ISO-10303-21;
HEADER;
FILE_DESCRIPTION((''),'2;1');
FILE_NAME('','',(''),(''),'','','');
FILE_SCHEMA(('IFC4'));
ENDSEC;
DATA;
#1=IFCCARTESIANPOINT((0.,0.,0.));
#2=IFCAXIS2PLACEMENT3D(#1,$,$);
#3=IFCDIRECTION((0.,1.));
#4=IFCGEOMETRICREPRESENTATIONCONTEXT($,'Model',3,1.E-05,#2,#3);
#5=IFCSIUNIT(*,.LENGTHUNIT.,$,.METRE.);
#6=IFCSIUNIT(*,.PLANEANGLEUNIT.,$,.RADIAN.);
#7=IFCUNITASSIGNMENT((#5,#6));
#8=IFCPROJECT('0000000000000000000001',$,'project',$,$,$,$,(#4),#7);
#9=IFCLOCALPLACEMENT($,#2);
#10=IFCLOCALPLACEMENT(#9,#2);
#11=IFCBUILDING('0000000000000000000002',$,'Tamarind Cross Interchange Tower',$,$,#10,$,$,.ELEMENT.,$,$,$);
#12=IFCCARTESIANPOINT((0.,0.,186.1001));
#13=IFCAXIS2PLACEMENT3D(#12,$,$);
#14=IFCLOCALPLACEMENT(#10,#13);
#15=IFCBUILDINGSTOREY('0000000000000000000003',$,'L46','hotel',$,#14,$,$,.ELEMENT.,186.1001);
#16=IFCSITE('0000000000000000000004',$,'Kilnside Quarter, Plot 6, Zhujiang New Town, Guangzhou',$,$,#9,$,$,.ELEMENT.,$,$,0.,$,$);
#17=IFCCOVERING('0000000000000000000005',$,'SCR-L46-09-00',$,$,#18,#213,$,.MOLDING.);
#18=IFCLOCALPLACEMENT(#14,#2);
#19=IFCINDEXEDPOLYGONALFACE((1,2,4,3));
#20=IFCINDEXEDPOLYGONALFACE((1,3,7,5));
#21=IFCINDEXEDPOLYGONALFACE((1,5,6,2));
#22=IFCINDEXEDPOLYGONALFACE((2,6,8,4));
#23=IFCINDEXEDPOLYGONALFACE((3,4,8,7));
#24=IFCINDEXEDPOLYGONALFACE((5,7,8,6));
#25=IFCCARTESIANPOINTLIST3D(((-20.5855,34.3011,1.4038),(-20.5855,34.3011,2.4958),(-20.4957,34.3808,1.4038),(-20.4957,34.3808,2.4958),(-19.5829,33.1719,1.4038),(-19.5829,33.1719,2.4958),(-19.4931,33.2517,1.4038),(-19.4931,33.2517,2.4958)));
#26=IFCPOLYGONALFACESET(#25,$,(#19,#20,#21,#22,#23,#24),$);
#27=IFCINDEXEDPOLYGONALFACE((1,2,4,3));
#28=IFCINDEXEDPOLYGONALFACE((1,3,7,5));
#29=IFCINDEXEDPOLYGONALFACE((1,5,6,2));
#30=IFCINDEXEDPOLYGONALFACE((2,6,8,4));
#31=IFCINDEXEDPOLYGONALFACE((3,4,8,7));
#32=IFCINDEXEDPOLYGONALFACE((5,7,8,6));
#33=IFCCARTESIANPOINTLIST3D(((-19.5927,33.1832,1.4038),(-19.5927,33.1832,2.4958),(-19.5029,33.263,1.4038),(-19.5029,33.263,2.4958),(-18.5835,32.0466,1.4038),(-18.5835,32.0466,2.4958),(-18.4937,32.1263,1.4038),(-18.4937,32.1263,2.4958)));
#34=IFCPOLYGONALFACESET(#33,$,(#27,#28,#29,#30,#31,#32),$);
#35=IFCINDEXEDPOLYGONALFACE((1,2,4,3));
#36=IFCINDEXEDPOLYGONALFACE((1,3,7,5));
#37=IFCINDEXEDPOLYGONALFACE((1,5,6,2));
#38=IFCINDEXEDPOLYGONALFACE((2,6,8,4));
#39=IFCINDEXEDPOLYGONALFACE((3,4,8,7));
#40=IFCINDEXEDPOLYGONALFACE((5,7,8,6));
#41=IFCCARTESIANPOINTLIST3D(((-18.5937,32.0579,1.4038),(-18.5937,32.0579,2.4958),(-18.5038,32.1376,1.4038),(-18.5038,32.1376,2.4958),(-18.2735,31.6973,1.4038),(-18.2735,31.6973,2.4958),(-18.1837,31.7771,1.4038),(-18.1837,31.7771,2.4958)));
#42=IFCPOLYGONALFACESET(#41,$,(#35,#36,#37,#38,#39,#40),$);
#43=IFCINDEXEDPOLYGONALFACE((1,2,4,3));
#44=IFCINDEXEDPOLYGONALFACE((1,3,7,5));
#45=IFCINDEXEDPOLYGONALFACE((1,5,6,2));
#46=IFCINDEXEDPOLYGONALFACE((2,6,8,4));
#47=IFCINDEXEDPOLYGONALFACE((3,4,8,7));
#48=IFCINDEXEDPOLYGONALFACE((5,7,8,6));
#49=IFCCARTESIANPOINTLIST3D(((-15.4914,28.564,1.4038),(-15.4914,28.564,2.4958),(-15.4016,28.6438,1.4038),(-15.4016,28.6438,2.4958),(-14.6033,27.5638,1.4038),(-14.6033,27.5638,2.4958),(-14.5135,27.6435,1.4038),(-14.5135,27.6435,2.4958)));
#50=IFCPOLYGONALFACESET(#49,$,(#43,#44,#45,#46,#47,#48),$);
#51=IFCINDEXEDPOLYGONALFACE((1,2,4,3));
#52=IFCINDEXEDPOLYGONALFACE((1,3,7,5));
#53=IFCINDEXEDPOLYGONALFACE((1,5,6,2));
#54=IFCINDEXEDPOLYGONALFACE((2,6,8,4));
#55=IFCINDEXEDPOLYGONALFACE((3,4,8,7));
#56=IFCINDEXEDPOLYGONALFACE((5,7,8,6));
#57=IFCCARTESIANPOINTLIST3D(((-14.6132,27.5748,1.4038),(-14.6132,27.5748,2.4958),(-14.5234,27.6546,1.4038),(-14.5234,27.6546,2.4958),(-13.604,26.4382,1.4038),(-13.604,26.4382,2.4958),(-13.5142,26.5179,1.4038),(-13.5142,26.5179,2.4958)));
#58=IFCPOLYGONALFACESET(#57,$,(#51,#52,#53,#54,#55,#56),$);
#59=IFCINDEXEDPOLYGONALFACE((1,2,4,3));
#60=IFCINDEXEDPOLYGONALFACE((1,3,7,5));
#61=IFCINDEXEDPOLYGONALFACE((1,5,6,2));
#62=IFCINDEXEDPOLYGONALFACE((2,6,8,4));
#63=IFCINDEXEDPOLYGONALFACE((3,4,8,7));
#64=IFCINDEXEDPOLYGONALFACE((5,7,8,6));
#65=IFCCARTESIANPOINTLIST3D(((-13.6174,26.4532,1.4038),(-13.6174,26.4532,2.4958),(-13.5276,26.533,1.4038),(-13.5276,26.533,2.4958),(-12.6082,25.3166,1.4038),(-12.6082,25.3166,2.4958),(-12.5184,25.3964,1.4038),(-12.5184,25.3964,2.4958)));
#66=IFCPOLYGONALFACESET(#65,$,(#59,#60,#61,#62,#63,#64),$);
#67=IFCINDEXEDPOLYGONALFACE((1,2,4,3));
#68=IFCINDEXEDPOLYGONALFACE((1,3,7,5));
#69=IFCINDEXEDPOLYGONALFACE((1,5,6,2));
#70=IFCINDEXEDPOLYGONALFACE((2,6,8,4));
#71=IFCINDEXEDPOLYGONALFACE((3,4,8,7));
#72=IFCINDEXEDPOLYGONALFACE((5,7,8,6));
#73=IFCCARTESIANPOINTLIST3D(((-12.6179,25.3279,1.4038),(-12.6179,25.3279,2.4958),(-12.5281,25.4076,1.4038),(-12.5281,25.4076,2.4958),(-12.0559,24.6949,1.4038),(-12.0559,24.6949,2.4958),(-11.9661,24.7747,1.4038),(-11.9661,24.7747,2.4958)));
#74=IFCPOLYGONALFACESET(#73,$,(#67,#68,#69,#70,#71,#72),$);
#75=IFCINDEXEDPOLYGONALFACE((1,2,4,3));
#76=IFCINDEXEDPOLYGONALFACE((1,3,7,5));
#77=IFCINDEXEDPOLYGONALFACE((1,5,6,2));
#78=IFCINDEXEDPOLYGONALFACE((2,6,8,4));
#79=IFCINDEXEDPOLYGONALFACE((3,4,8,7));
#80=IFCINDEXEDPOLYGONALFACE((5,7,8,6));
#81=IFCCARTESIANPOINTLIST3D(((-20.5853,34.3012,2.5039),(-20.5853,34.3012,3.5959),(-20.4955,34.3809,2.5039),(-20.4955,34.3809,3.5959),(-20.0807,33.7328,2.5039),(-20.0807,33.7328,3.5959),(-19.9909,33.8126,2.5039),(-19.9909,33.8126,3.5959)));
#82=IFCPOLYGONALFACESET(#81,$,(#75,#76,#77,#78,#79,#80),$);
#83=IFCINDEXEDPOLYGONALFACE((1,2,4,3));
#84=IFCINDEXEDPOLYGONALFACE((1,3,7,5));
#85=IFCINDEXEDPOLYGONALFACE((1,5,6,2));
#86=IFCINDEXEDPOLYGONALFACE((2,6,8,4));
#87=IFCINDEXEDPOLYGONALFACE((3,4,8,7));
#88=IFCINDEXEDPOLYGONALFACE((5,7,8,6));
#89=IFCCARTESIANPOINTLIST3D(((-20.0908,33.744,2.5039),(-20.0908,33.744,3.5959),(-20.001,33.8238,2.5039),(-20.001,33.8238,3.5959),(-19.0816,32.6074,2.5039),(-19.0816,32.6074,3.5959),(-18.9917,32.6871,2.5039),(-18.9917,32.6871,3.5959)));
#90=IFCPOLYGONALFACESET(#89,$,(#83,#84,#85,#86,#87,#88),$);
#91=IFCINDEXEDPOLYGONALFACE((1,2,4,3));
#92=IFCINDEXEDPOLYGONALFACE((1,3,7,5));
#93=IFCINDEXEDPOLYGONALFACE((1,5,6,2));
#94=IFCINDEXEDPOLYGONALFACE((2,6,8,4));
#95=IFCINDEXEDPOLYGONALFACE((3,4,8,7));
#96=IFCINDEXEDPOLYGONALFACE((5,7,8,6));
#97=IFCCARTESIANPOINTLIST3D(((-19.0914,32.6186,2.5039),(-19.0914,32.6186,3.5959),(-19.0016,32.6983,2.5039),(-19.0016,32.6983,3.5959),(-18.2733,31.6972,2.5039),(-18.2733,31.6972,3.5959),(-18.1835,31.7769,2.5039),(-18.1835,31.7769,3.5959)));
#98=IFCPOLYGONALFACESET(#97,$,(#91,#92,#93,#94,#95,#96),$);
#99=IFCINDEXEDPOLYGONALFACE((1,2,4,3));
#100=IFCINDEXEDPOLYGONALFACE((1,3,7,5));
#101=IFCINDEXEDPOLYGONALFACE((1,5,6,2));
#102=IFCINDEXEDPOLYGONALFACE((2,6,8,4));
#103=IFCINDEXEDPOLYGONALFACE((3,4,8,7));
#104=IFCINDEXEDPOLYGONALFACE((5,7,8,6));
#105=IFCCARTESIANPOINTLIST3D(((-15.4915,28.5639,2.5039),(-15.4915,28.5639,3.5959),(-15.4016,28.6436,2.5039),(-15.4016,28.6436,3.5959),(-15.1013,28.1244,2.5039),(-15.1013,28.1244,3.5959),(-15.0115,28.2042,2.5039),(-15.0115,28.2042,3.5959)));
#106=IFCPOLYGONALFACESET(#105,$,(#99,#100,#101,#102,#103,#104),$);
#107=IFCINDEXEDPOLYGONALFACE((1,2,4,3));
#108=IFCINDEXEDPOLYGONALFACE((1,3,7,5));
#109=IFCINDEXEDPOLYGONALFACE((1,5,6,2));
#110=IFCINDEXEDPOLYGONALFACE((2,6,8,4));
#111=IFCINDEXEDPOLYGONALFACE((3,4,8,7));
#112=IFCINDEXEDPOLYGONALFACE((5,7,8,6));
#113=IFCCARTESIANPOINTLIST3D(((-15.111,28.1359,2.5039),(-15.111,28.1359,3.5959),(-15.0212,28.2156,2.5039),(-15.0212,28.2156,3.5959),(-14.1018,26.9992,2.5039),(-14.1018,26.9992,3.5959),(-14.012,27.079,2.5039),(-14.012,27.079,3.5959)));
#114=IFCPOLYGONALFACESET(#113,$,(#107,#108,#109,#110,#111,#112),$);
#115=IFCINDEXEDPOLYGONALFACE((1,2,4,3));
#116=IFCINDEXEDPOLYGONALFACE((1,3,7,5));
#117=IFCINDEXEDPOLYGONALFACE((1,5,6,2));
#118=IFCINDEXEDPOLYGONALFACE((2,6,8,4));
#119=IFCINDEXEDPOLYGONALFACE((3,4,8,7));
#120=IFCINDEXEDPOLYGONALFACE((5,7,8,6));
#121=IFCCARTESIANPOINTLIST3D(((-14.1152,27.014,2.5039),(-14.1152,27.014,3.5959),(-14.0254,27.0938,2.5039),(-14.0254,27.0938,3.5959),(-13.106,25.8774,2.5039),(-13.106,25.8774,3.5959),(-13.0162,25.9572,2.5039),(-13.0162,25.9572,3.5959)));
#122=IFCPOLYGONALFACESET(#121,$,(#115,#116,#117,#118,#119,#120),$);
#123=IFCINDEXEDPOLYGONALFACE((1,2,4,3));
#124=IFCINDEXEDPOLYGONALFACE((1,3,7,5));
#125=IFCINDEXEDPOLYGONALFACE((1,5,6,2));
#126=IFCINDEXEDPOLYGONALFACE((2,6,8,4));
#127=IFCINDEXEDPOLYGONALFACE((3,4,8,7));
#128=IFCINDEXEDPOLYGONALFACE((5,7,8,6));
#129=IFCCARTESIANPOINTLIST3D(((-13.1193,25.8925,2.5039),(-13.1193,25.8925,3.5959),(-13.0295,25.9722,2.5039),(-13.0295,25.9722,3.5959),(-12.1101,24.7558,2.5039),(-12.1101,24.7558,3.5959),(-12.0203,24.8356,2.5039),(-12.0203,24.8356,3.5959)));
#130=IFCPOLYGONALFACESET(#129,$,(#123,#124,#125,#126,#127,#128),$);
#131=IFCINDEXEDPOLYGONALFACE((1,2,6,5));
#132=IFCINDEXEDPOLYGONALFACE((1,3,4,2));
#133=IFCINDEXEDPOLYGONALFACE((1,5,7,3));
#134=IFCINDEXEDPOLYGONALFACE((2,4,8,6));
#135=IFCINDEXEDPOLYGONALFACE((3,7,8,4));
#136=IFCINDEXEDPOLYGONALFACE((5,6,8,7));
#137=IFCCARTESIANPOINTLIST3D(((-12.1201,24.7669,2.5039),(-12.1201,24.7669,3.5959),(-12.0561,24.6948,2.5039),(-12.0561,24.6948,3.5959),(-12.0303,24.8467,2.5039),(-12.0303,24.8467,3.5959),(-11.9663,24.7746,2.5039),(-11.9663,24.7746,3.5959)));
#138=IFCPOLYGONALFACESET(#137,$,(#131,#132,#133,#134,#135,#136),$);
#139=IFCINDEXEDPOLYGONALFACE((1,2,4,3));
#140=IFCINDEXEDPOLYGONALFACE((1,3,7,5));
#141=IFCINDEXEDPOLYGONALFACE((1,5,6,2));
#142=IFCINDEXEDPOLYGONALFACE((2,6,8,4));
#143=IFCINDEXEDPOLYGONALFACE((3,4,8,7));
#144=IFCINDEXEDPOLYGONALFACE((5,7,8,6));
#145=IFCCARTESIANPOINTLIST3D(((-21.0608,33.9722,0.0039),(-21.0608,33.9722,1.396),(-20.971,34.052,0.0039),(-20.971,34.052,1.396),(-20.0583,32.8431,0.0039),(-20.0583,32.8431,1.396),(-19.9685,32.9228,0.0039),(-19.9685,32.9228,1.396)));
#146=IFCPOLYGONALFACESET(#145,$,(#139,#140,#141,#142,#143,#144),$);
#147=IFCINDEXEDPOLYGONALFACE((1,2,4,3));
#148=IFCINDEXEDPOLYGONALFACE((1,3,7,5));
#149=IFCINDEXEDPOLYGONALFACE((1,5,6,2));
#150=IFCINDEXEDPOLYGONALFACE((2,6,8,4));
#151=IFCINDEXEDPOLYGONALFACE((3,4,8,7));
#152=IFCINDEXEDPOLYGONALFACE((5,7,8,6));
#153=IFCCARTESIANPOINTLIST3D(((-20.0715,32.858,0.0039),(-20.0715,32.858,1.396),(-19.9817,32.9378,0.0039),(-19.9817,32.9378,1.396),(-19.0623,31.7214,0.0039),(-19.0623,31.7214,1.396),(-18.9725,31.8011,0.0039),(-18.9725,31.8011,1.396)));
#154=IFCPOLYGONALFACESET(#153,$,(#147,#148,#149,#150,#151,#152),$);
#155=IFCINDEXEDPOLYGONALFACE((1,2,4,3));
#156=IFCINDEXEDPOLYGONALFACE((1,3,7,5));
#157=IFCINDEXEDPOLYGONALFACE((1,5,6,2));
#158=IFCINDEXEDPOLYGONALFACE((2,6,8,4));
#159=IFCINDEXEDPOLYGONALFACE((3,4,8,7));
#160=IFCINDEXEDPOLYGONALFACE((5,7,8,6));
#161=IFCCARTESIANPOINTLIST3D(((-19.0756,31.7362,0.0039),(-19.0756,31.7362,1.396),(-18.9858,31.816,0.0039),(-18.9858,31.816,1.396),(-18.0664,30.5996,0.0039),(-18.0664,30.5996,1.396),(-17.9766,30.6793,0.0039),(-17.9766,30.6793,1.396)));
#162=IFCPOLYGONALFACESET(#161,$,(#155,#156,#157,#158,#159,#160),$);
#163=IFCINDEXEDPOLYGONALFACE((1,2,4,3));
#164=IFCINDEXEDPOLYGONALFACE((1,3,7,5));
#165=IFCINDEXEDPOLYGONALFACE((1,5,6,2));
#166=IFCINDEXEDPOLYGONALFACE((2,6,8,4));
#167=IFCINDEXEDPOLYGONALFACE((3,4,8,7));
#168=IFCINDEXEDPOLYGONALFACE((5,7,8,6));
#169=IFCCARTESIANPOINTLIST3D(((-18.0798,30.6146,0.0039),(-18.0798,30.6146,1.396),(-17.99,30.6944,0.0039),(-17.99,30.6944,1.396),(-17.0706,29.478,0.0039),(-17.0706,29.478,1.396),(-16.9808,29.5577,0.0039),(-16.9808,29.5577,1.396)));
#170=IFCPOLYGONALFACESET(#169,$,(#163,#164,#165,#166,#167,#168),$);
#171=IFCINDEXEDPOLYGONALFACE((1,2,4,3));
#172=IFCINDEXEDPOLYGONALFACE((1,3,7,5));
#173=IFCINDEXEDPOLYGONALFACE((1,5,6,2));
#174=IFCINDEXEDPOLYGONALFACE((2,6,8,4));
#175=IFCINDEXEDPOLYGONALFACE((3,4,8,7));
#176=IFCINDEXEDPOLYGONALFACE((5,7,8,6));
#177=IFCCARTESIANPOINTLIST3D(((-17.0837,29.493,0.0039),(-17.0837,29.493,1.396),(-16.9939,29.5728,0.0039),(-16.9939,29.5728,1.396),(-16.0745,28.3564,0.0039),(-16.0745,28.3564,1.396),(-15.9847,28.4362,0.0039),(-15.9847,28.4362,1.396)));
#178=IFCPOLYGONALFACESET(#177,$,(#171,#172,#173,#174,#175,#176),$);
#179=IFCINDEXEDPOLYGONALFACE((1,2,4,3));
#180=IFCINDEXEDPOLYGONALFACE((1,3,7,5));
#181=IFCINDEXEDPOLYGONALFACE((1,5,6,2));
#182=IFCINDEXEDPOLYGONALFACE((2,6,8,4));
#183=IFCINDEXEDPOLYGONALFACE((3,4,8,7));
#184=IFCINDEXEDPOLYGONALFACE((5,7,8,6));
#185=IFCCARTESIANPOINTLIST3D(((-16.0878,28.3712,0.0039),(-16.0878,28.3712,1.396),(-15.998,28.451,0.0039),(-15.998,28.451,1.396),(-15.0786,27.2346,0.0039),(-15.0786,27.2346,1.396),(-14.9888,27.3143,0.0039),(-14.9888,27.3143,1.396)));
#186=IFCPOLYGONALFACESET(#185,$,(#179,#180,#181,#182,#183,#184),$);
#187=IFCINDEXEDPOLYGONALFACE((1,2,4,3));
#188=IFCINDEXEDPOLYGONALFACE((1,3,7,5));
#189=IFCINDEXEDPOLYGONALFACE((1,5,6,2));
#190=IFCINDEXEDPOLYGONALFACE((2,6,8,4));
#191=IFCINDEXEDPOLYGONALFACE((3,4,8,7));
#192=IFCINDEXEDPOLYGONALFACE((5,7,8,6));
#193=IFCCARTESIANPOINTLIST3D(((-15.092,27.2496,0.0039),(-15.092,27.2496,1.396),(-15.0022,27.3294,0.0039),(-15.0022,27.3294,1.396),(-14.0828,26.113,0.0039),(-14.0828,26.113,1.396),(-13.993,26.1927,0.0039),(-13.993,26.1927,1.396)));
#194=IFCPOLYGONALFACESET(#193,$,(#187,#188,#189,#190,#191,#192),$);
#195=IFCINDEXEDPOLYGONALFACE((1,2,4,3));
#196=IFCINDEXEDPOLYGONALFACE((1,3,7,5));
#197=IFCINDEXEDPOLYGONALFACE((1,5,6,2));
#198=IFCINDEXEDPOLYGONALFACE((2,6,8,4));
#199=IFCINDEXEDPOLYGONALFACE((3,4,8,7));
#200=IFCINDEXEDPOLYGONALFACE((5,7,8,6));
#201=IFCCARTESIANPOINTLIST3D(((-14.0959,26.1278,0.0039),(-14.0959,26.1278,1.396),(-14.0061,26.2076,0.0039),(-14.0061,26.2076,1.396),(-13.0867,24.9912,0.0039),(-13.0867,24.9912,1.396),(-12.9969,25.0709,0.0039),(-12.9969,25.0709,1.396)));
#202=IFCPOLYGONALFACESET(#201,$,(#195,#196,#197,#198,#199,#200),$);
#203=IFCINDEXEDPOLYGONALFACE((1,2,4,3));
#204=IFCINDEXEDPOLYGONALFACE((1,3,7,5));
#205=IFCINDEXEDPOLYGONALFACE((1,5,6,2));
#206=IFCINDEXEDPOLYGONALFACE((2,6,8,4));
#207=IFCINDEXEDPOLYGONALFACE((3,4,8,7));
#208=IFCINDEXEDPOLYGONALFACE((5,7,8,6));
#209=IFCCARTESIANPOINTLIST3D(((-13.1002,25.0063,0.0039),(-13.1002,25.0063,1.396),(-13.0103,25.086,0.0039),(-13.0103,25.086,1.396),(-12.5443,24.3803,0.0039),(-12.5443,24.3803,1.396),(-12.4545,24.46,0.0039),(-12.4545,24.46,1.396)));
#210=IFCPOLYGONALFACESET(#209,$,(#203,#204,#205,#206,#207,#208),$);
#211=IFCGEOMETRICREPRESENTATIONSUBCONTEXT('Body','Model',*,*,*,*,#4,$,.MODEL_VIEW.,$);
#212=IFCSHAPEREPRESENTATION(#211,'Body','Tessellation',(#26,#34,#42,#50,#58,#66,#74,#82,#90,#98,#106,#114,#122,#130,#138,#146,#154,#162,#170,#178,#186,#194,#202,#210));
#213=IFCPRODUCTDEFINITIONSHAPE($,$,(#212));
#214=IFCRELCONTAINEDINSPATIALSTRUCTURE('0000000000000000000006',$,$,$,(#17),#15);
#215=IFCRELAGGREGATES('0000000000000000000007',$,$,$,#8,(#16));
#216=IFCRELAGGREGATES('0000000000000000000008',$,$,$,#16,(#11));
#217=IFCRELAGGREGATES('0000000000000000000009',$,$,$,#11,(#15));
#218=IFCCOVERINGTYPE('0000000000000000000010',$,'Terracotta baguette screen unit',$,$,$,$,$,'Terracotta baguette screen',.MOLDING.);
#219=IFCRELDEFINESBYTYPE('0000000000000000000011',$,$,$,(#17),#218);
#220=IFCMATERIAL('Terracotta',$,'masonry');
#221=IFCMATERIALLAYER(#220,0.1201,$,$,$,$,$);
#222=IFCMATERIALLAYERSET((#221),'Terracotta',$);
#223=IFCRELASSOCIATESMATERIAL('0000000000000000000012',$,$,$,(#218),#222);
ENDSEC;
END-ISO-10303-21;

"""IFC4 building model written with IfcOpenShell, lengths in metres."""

from ifc_helpers import new_model, si_unit, direction, frame, origin, origin_2d, place, context, subcontext, project, spatial, rectangle, extrude, material, layer, layer_set, type_object, element, save


model = new_model("IFC4")

# Units and contexts
model_context = context("Model", 3, precision=1e-05, world=origin(), true_north=direction((0.0, 1.0)))
body_context = subcontext(model_context, "Body", "Model", "MODEL_VIEW")
ifc_project = project(units=[si_unit("LENGTHUNIT", "METRE"), si_unit("PLANEANGLEUNIT", "RADIAN")], contexts=[model_context])

# Site, building, storey
site_placement = place(None, origin())
site = spatial("IfcSite", under=ifc_project, at=site_placement, Name="Kilnside Quarter, Plot 6, Zhujiang New Town, Guangzhou", CompositionType="ELEMENT", RefElevation=0.0)
building_placement = place(site_placement, origin())
building = spatial("IfcBuilding", under=site, at=building_placement, Name="Tamarind Cross Interchange Tower", CompositionType="ELEMENT")
storey_placement = place(building_placement, frame((0.0, 0.0, 186.1001)))
storey = spatial("IfcBuildingStorey", under=building, at=storey_placement, Name="L46", Description="hotel", CompositionType="ELEMENT", Elevation=186.1001)

# Covering
ifc_material_1 = material(Name="Terracotta", Category="masonry")
ifc_layer_1 = layer(ifc_material_1, 0.1201)
ifc_layer_set_1 = layer_set([ifc_layer_1], Name="Terracotta")
covering_type = type_object("IfcCoveringType", Name="Terracotta baguette screen unit", ElementType="Terracotta baguette screen", PredefinedType="MOLDING", material=ifc_layer_set_1)
covering_1_placement = place(storey_placement, origin())
element("IfcCovering", 1, at=covering_1_placement, inside=storey, type_object=covering_type, Name="SCR-L46-09-00", PredefinedType="MOLDING", context=body_context, shape_type="SweptSolid", body=[
    extrude(rectangle(XDim=1.51, YDim=0.1201, at=origin_2d()), frame((-20.0393, 33.7764, 1.4038), z_axis=(0.0, 0.0, 1.0), x_axis=(0.66395, -0.747777, 0.0)), (0.0, 0.0, 1.0), 1.092),
    extrude(rectangle(XDim=1.52, YDim=0.1201, at=origin_2d()), frame((-19.0432, 32.6548, 1.4038), z_axis=(0.0, 0.0, 1.0), x_axis=(0.66395, -0.747777, 0.0)), (0.0, 0.0, 1.0), 1.092),
    extrude(rectangle(XDim=0.4822, YDim=0.1201, at=origin_2d()), frame((-18.3887, 31.9175, 1.4038), z_axis=(0.0, 0.0, 1.0), x_axis=(0.66395, -0.747777, 0.0)), (0.0, 0.0, 1.0), 1.092),
    extrude(rectangle(XDim=1.3376, YDim=0.1201, at=origin_2d()), frame((-15.0024, 28.1038, 1.4038), z_axis=(0.0, 0.0, 1.0), x_axis=(0.66395, -0.747777, 0.0)), (0.0, 0.0, 1.0), 1.092),
    extrude(rectangle(XDim=1.52, YDim=0.1201, at=origin_2d()), frame((-14.0637, 27.0464, 1.4038), z_axis=(0.0, 0.0, 1.0), x_axis=(0.66395, -0.747777, 0.0)), (0.0, 0.0, 1.0), 1.092),
    extrude(rectangle(XDim=1.52, YDim=0.1201, at=origin_2d()), frame((-13.0679, 25.9248, 1.4038), z_axis=(0.0, 0.0, 1.0), x_axis=(0.66395, -0.747777, 0.0)), (0.0, 0.0, 1.0), 1.092),
    extrude(rectangle(XDim=0.8464, YDim=0.1201, at=origin_2d()), frame((-12.292, 25.0513, 1.4038), z_axis=(0.0, 0.0, 1.0), x_axis=(0.66395, -0.747777, 0.0)), (0.0, 0.0, 1.0), 1.092),
    extrude(rectangle(XDim=0.76, YDim=0.1201, at=origin_2d()), frame((-20.2881, 34.0569, 2.5039), z_axis=(0.0, 0.0, 1.0), x_axis=(0.66395, -0.747777, 0.0)), (0.0, 0.0, 1.0), 1.092),
    extrude(rectangle(XDim=1.52, YDim=0.1201, at=origin_2d()), frame((-19.5413, 33.2156, 2.5039), z_axis=(0.0, 0.0, 1.0), x_axis=(0.66395, -0.747777, 0.0)), (0.0, 0.0, 1.0), 1.092),
    extrude(rectangle(XDim=1.2322, YDim=0.1201, at=origin_2d()), frame((-18.6375, 32.1978, 2.5039), z_axis=(0.0, 0.0, 1.0), x_axis=(0.66395, -0.747777, 0.0)), (0.0, 0.0, 1.0), 1.092),
    extrude(rectangle(XDim=0.5876, YDim=0.1201, at=origin_2d()), frame((-15.2515, 28.384, 2.5039), z_axis=(0.0, 0.0, 1.0), x_axis=(0.66395, -0.747777, 0.0)), (0.0, 0.0, 1.0), 1.092),
    extrude(rectangle(XDim=1.52, YDim=0.1201, at=origin_2d()), frame((-14.5615, 27.6074, 2.5039), z_axis=(0.0, 0.0, 1.0), x_axis=(0.66395, -0.747777, 0.0)), (0.0, 0.0, 1.0), 1.092),
    extrude(rectangle(XDim=1.52, YDim=0.1201, at=origin_2d()), frame((-13.5657, 26.4856, 2.5039), z_axis=(0.0, 0.0, 1.0), x_axis=(0.66395, -0.747777, 0.0)), (0.0, 0.0, 1.0), 1.092),
    extrude(rectangle(XDim=1.52, YDim=0.1201, at=origin_2d()), frame((-12.5698, 25.364, 2.5039), z_axis=(0.0, 0.0, 1.0), x_axis=(0.66395, -0.747777, 0.0)), (0.0, 0.0, 1.0), 1.092),
    extrude(rectangle(XDim=0.0964, YDim=0.1201, at=origin_2d()), frame((-12.0432, 24.7708, 2.5039), z_axis=(0.0, 0.0, 1.0), x_axis=(0.66395, -0.747777, 0.0)), (0.0, 0.0, 1.0), 1.092),
    extrude(rectangle(XDim=1.51, YDim=0.1201, at=origin_2d()), frame((-20.5146, 33.4475, 0.0039), z_axis=(0.0, 0.0, 1.0), x_axis=(0.66395, -0.747777, 0.0)), (0.0, 0.0, 1.0), 1.3921),
    extrude(rectangle(XDim=1.52, YDim=0.1201, at=origin_2d()), frame((-19.522, 32.3296, 0.0039), z_axis=(0.0, 0.0, 1.0), x_axis=(0.66395, -0.747777, 0.0)), (0.0, 0.0, 1.0), 1.3921),
    extrude(rectangle(XDim=1.52, YDim=0.1201, at=origin_2d()), frame((-18.5261, 31.2078, 0.0039), z_axis=(0.0, 0.0, 1.0), x_axis=(0.66395, -0.747777, 0.0)), (0.0, 0.0, 1.0), 1.3921),
    extrude(rectangle(XDim=1.52, YDim=0.1201, at=origin_2d()), frame((-17.5303, 30.0862, 0.0039), z_axis=(0.0, 0.0, 1.0), x_axis=(0.66395, -0.747777, 0.0)), (0.0, 0.0, 1.0), 1.3921),
    extrude(rectangle(XDim=1.52, YDim=0.1201, at=origin_2d()), frame((-16.5342, 28.9646, 0.0039), z_axis=(0.0, 0.0, 1.0), x_axis=(0.66395, -0.747777, 0.0)), (0.0, 0.0, 1.0), 1.3921),
    extrude(rectangle(XDim=1.52, YDim=0.1201, at=origin_2d()), frame((-15.5383, 27.8428, 0.0039), z_axis=(0.0, 0.0, 1.0), x_axis=(0.66395, -0.747777, 0.0)), (0.0, 0.0, 1.0), 1.3921),
    extrude(rectangle(XDim=1.52, YDim=0.1201, at=origin_2d()), frame((-14.5425, 26.7212, 0.0039), z_axis=(0.0, 0.0, 1.0), x_axis=(0.66395, -0.747777, 0.0)), (0.0, 0.0, 1.0), 1.3921),
    extrude(rectangle(XDim=1.52, YDim=0.1201, at=origin_2d()), frame((-13.5464, 25.5994, 0.0039), z_axis=(0.0, 0.0, 1.0), x_axis=(0.66395, -0.747777, 0.0)), (0.0, 0.0, 1.0), 1.3921),
    extrude(rectangle(XDim=0.8372, YDim=0.1201, at=origin_2d()), frame((-12.7773, 24.7332, 0.0039), z_axis=(0.0, 0.0, 1.0), x_axis=(0.66395, -0.747777, 0.0)), (0.0, 0.0, 1.0), 1.3921),
])

save(model, "model.ifc")
